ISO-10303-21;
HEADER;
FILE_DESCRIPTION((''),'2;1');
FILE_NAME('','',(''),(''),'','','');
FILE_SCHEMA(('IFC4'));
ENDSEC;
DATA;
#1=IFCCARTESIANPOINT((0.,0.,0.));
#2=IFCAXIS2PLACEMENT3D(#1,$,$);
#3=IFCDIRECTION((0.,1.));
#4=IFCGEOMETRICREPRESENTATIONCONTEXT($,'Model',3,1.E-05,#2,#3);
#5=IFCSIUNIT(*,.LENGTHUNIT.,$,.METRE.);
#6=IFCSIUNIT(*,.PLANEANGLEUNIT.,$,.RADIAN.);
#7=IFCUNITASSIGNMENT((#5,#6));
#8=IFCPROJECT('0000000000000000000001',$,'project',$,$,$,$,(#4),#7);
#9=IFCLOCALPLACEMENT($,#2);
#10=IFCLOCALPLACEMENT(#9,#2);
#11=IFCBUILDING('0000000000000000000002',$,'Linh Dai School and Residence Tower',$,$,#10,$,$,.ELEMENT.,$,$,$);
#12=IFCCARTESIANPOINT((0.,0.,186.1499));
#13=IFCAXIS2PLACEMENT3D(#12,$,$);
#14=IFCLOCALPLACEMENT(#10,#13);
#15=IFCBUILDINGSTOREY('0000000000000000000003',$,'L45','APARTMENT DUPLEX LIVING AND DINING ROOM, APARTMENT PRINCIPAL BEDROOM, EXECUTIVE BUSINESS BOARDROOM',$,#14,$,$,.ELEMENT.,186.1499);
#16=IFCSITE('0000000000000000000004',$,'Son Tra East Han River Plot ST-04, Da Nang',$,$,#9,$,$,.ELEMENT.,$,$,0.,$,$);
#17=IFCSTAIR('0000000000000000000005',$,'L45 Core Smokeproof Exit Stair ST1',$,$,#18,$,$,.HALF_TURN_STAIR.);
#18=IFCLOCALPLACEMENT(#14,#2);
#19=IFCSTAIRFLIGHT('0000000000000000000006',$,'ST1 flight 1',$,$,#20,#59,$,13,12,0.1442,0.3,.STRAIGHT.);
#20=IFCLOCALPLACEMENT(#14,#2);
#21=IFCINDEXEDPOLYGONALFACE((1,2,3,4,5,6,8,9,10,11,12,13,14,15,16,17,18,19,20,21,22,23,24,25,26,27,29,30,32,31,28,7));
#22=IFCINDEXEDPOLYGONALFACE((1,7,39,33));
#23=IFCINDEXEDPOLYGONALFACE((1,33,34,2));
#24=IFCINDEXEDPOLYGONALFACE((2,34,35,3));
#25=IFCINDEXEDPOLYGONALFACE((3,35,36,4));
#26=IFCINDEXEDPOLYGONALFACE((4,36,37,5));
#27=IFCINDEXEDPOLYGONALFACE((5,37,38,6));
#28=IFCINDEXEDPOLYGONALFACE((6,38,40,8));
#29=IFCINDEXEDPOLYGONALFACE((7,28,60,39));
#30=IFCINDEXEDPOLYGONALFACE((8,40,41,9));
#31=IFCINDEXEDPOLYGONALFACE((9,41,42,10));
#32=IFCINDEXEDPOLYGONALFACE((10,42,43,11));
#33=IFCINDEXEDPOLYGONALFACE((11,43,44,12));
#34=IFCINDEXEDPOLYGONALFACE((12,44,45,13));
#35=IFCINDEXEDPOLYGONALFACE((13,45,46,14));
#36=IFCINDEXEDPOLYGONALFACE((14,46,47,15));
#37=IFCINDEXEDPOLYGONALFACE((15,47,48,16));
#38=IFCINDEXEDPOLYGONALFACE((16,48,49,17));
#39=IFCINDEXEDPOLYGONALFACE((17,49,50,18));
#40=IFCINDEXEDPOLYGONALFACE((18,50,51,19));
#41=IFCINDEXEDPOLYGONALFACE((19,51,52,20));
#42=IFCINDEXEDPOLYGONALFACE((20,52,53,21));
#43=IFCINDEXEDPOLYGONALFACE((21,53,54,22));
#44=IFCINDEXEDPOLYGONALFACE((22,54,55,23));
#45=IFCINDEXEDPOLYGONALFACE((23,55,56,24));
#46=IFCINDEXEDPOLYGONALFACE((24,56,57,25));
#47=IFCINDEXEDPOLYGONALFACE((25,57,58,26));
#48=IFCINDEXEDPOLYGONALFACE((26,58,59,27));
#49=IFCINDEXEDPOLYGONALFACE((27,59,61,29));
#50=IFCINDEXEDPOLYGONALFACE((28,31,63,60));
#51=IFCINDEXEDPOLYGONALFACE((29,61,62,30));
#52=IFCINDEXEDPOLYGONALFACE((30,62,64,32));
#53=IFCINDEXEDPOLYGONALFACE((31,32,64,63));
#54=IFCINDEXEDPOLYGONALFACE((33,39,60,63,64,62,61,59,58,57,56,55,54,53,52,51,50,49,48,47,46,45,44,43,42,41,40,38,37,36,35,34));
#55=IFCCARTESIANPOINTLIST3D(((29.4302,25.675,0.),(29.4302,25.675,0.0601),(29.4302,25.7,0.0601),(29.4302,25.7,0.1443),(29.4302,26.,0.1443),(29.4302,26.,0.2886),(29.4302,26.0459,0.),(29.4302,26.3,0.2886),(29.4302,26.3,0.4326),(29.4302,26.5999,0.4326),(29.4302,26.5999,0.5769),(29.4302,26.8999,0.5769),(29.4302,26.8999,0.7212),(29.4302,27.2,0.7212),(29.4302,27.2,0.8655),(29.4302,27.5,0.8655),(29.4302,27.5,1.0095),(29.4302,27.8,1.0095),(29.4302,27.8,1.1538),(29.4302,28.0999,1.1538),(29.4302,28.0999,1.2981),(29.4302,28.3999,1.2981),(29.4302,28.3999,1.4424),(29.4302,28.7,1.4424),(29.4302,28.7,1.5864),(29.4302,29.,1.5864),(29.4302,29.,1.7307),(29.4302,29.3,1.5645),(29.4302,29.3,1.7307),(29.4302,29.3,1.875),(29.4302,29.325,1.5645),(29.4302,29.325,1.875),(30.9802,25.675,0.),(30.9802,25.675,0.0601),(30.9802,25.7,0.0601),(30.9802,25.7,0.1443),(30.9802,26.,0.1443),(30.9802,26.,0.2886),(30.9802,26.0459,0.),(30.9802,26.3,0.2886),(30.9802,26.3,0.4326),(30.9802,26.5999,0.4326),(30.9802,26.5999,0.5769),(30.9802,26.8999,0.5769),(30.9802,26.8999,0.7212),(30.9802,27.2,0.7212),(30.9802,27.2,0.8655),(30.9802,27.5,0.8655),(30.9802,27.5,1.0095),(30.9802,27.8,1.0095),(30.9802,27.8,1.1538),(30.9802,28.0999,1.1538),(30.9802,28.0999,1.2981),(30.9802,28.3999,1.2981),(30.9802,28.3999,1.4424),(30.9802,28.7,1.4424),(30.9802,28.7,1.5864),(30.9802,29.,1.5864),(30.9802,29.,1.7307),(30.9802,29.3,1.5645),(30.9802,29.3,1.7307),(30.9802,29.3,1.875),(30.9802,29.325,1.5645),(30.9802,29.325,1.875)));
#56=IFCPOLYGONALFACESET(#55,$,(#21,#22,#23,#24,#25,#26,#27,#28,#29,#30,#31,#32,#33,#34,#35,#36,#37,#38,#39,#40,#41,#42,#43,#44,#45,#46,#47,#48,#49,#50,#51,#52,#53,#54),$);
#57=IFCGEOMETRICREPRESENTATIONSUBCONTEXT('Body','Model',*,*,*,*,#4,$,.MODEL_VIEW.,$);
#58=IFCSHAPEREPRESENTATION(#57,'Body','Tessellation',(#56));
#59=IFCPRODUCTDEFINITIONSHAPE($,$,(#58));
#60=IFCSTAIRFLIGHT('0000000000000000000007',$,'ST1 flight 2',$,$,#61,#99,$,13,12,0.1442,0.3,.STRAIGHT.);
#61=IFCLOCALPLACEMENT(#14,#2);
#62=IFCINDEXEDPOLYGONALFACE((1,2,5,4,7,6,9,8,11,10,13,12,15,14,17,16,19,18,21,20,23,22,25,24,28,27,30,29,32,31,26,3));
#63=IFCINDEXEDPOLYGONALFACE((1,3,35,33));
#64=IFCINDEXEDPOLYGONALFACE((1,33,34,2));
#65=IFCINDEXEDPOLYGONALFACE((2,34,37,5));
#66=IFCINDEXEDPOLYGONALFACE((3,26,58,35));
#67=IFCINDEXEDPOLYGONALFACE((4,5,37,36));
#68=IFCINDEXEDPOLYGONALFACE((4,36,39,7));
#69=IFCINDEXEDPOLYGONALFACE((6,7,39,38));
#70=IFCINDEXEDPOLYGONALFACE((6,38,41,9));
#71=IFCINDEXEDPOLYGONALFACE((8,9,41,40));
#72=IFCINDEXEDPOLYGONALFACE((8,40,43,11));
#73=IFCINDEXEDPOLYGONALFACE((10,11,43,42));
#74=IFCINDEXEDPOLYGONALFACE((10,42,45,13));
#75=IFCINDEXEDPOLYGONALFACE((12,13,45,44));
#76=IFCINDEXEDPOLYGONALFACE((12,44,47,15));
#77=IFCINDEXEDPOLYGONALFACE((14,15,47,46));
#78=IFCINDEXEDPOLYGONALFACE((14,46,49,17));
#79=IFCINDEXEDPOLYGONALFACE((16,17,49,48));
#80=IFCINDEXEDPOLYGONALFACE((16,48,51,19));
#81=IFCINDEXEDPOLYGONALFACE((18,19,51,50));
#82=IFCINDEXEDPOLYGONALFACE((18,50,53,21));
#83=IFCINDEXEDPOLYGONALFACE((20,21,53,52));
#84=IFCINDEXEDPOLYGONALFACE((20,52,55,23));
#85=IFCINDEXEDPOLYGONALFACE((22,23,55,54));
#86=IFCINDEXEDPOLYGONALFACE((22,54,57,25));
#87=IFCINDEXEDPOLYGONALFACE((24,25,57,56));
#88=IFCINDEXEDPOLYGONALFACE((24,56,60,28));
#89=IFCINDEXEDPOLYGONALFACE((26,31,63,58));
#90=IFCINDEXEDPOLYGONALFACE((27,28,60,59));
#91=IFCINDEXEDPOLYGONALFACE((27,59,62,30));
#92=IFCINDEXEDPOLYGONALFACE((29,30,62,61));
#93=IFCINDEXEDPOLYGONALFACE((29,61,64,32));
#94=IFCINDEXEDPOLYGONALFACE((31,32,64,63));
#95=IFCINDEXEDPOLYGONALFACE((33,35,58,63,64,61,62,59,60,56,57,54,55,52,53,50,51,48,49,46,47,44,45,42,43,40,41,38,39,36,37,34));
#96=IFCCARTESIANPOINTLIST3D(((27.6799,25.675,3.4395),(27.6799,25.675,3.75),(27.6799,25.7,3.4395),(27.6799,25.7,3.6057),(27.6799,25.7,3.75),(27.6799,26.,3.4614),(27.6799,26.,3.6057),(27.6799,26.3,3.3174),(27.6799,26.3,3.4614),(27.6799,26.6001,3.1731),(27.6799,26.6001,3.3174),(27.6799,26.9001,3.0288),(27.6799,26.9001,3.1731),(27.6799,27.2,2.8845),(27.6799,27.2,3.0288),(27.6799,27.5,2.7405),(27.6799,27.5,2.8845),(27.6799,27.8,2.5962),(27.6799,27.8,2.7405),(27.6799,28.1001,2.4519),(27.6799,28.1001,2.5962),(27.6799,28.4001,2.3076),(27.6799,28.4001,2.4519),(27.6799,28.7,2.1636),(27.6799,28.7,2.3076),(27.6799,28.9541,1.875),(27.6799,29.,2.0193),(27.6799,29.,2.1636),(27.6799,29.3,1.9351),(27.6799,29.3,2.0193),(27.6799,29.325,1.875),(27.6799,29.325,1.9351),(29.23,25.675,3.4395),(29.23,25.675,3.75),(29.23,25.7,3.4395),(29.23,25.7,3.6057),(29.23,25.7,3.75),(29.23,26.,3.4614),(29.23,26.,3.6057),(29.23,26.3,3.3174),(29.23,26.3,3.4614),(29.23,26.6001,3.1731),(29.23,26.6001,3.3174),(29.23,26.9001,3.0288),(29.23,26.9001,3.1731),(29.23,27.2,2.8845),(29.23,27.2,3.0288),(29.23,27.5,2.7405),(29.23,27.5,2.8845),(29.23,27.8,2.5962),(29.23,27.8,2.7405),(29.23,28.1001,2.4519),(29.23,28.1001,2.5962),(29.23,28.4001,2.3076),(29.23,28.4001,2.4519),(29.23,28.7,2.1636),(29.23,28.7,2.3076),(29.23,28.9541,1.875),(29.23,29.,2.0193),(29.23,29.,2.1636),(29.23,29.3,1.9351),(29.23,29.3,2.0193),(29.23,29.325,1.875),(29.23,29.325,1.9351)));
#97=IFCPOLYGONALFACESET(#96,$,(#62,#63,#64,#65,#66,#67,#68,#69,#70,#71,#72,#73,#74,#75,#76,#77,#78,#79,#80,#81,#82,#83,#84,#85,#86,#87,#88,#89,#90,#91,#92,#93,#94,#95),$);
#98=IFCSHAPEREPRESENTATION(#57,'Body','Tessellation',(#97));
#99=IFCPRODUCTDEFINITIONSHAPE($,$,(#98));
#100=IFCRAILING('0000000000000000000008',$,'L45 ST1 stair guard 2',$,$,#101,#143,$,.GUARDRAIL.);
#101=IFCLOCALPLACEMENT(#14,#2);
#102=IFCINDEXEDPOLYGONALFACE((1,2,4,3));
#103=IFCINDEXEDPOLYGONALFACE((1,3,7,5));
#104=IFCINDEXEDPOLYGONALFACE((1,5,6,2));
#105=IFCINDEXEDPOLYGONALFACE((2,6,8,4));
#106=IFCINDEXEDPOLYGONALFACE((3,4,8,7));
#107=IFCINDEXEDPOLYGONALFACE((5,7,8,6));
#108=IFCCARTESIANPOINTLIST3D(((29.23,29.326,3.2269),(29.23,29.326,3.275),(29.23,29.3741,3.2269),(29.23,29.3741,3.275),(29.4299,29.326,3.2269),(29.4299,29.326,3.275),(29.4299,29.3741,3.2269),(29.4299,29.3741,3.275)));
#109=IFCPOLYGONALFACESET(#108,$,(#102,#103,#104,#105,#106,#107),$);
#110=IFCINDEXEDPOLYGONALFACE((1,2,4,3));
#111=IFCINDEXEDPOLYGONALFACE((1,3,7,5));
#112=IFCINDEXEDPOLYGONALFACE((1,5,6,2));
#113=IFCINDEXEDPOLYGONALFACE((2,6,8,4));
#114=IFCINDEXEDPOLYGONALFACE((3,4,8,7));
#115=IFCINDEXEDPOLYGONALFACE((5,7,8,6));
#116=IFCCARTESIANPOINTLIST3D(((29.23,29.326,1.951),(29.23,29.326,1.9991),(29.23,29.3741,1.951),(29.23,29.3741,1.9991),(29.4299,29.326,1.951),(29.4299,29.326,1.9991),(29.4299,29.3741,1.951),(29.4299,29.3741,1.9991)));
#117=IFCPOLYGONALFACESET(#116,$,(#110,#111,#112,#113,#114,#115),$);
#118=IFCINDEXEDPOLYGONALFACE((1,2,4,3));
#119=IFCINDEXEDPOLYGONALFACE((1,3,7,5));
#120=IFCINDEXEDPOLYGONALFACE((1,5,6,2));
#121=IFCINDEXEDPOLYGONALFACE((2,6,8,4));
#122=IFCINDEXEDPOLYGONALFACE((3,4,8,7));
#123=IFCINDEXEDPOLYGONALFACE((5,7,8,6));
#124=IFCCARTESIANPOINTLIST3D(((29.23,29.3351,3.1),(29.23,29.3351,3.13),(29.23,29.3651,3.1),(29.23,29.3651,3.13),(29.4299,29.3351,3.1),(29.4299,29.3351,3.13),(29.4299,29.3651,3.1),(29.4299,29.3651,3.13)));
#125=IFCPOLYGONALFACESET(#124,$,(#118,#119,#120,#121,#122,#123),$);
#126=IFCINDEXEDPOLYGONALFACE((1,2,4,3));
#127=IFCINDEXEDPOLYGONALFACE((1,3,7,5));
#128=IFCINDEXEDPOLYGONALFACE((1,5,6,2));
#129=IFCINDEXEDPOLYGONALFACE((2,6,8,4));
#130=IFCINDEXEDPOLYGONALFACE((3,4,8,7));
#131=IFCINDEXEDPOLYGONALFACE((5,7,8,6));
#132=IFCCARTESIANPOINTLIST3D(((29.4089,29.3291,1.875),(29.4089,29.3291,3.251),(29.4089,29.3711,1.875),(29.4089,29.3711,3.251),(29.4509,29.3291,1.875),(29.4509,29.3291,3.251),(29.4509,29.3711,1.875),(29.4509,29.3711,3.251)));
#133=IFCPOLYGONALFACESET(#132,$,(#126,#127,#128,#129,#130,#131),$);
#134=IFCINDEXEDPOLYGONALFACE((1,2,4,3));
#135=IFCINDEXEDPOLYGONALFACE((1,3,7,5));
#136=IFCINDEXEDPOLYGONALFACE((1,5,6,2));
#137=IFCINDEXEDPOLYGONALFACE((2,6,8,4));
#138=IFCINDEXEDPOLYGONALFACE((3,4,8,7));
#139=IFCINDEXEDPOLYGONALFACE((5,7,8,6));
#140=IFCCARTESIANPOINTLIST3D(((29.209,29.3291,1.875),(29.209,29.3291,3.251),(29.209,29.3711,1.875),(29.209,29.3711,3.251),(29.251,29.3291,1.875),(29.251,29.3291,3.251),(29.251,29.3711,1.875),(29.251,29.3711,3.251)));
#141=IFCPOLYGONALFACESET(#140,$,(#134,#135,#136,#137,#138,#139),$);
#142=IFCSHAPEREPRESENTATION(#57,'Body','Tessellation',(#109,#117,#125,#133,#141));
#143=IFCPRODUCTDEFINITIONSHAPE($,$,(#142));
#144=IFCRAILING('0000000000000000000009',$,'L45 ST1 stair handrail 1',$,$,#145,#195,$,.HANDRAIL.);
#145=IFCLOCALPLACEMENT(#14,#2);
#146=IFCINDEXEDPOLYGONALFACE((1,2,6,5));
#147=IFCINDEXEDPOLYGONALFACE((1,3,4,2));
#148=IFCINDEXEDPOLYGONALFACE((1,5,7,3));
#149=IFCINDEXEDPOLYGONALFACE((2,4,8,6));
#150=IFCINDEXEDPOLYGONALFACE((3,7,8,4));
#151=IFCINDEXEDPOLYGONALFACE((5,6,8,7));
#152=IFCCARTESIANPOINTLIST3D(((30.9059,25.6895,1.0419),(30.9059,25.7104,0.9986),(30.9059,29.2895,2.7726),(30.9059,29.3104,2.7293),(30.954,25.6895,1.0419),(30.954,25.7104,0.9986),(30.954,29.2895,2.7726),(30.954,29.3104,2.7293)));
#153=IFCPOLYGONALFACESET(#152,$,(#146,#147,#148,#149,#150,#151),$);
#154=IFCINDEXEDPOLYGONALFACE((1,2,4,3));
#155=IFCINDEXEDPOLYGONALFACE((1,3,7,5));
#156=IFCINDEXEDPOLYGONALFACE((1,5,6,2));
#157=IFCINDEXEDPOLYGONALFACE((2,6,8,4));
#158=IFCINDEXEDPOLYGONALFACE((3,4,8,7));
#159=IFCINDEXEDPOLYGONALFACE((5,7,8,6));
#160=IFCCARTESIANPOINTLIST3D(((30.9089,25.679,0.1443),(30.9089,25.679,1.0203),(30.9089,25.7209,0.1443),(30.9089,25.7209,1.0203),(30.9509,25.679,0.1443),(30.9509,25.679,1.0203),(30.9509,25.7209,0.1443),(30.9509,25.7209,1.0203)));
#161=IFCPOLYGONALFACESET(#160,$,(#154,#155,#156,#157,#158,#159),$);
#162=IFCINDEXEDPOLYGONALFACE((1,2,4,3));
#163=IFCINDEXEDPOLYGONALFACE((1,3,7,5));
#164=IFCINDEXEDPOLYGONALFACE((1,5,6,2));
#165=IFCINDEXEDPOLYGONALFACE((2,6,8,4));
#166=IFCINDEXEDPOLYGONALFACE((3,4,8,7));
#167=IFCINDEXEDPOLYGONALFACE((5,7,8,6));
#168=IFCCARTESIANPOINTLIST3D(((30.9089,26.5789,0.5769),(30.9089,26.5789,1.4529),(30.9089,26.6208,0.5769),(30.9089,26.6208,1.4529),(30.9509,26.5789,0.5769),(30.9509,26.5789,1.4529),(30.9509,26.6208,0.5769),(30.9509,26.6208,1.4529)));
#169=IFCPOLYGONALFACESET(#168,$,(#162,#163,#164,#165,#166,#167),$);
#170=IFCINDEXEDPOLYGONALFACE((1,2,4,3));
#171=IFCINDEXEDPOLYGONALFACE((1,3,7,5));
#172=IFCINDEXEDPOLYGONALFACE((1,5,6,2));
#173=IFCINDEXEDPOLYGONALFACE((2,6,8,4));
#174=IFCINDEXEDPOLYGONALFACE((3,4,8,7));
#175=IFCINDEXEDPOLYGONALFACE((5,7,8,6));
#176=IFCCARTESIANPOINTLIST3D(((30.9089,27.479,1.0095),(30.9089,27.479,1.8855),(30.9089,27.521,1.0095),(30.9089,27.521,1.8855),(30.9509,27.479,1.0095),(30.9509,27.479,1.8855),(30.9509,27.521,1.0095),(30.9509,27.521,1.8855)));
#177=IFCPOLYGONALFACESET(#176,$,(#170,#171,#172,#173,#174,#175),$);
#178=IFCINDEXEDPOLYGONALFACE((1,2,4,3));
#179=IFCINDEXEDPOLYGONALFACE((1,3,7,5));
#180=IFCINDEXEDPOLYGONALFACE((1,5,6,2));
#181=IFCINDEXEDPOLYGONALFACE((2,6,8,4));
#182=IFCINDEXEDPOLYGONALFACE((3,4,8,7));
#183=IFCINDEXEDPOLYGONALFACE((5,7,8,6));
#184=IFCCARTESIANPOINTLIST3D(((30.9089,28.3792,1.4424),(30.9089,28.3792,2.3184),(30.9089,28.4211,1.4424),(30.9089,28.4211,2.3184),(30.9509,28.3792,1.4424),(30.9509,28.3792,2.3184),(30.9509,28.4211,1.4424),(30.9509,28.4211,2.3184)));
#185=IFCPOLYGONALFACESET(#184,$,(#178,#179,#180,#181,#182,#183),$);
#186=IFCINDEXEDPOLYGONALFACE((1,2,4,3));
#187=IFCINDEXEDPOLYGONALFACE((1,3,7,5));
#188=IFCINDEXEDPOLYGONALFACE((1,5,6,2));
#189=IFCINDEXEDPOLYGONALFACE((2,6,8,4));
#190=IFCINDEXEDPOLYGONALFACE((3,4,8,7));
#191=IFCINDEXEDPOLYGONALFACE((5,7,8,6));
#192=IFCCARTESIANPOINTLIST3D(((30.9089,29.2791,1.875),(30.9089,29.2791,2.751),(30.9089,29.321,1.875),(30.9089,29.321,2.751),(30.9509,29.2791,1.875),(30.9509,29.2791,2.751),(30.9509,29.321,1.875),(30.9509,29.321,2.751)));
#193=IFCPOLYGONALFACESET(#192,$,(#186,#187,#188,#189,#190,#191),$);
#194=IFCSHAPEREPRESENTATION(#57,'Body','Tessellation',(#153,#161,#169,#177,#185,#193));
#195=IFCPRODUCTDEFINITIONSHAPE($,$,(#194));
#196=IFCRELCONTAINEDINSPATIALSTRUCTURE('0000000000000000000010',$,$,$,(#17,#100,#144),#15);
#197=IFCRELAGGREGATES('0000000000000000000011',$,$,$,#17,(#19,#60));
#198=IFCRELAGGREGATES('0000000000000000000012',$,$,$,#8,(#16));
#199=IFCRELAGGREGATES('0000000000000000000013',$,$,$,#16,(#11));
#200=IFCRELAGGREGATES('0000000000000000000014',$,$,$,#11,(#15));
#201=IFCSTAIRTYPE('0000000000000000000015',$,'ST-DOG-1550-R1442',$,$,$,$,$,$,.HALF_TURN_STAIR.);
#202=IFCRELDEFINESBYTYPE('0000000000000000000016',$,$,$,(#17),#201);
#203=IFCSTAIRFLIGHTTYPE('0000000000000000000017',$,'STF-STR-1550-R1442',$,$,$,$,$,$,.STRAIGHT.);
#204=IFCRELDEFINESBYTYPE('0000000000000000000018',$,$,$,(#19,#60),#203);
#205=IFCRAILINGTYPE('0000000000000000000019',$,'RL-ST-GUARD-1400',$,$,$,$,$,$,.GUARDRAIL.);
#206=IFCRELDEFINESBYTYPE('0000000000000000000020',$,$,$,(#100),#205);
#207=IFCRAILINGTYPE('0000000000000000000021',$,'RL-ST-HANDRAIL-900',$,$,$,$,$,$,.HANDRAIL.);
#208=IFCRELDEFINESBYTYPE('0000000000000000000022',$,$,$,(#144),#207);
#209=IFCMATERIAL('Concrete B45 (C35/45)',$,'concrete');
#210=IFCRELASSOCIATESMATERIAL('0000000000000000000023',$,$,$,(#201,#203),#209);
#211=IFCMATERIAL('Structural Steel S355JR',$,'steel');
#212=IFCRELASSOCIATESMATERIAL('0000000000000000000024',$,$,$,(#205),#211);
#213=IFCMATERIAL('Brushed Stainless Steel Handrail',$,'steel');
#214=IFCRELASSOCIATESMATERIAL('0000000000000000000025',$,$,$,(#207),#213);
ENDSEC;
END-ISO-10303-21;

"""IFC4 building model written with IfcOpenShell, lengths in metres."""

from ifc_helpers import new_model, si_unit, direction, frame, origin, origin_2d, place, context, subcontext, project, spatial, polyline, rectangle, outline, extrude, source, transform, mapped, material, type_object, element, aggregate, save


model = new_model("IFC4")

# Units and contexts
model_context = context("Model", 3, precision=1e-05, world=origin(), true_north=direction((0.0, 1.0)))
body_context = subcontext(model_context, "Body", "Model", "MODEL_VIEW")
ifc_project = project(units=[si_unit("LENGTHUNIT", "METRE"), si_unit("PLANEANGLEUNIT", "RADIAN")], contexts=[model_context])

# Site, building, storey
site_placement = place(None, origin())
site = spatial("IfcSite", under=ifc_project, at=site_placement, Name="Son Tra East Han River Plot ST-04, Da Nang", CompositionType="ELEMENT", RefElevation=0.0)
building_placement = place(site_placement, origin())
building = spatial("IfcBuilding", under=site, at=building_placement, Name="Linh Dai School and Residence Tower", CompositionType="ELEMENT")
storey_placement = place(building_placement, frame((0.0, 0.0, 186.1499)))
storey = spatial("IfcBuildingStorey", under=building, at=storey_placement, Name="L45", Description="APARTMENT DUPLEX LIVING AND DINING ROOM, APARTMENT PRINCIPAL BEDROOM, EXECUTIVE BUSINESS BOARDROOM", CompositionType="ELEMENT", Elevation=186.1499)

# Shared definitions
ifc_material_1 = material(Name="Concrete B45 (C35/45)", Category="concrete")

# Stair, stair flights
stair_type = type_object("IfcStairType", Name="ST-DOG-1550-R1442", PredefinedType="HALF_TURN_STAIR", material=ifc_material_1)
stair_placement = place(storey_placement, origin())
stair = element("IfcStair", 1, at=stair_placement, inside=storey, type_object=stair_type, Name="L45 Core Smokeproof Exit Stair ST1", PredefinedType="HALF_TURN_STAIR")
stair_flight_type = type_object("IfcStairFlightType", Name="STF-STR-1550-R1442", PredefinedType="STRAIGHT", material=ifc_material_1)
shared_shape_1 = source(origin(), body_context, "Body", "SweptSolid", [
    extrude(outline(polyline([(-0.0249, 0.0), (-0.0249, 0.0601), (0.0, 0.0601), (0.0, 0.1443), (0.3, 0.1443), (0.3, 0.2886), (0.6001, 0.2886), (0.6001, 0.4326), (0.8999, 0.4326), (0.8999, 0.5769), (1.2, 0.5769), (1.2, 0.7212), (1.5, 0.7212), (1.5, 0.8655), (1.8, 0.8655), (1.8, 1.0095), (2.1001, 1.0095), (2.1001, 1.1538), (2.3999, 1.1538), (2.3999, 1.2981), (2.7, 1.2981), (2.7, 1.4424), (3.0, 1.4424), (3.0, 1.5864), (3.3, 1.5864), (3.3, 1.7307), (3.6001, 1.7307), (3.6001, 1.875), (3.625, 1.875), (3.625, 1.5645), (3.6001, 1.5645), (0.3459, 0.0), (-0.0249, 0.0)])), frame((0.0, 0.7749, 0.0), z_axis=(0.0, -1.0, 0.0), x_axis=(1.0, 0.0, 0.0)), (0.0, 0.0, 1.0), 1.55),
])
stair_flight_1_placement = place(storey_placement, frame((30.2051, 25.7, 0.0), z_axis=(0.0, 0.0, 1.0), x_axis=(0.0, 1.0, 0.0)))
stair_flight_1 = element("IfcStairFlight", 2, at=stair_flight_1_placement, type_object=stair_flight_type, Name="ST1 flight 1", NumberOfRisers=13, NumberOfTreads=12, PredefinedType="STRAIGHT", RiserHeight=0.1442, TreadLength=0.3, context=body_context, shape_type="MappedRepresentation", body=[
    mapped(shared_shape_1, transform((0.0, 0.0, 0.0), x_axis=(1.0, 0.0, 0.0), y_axis=(0.0, 1.0, 0.0), z_axis=(0.0, 0.0, 1.0), scale=1.0)),
])
stair_flight_2_placement = place(storey_placement, frame((28.4551, 29.3, 1.875), z_axis=(0.0, 0.0, 1.0), x_axis=(0.0, -1.0, 0.0)))
stair_flight_2 = element("IfcStairFlight", 3, at=stair_flight_2_placement, type_object=stair_flight_type, Name="ST1 flight 2", NumberOfRisers=13, NumberOfTreads=12, PredefinedType="STRAIGHT", RiserHeight=0.1442, TreadLength=0.3, context=body_context, shape_type="MappedRepresentation", body=[
    mapped(shared_shape_1, transform((0.0, 0.0, 0.0), x_axis=(1.0, 0.0, 0.0), y_axis=(0.0, 1.0, 0.0), z_axis=(0.0, 0.0, 1.0), scale=1.0)),
])
aggregate(stair, [stair_flight_1, stair_flight_2])

# Railings
ifc_material_2 = material(Name="Structural Steel S355JR", Category="steel")
railing_type_1 = type_object("IfcRailingType", Name="RL-ST-GUARD-1400", PredefinedType="GUARDRAIL", material=ifc_material_2)
shared_shape_2 = source(origin(), body_context, "Body", "SweptSolid", [
    extrude(rectangle(XDim=0.0481, YDim=0.0481, at=origin_2d()), frame((0.0, 0.0, 1.376), z_axis=(-1.0, 0.0, 0.0), x_axis=(0.0, -1.0, 0.0)), (0.0, 0.0, 1.0), 0.2),
    extrude(rectangle(XDim=0.0481, YDim=0.0481, at=origin_2d()), frame((0.0, 0.0, 0.1001), z_axis=(-1.0, 0.0, 0.0), x_axis=(0.0, -1.0, 0.0)), (0.0, 0.0, 1.0), 0.2),
    extrude(rectangle(XDim=0.03, YDim=0.03, at=origin_2d()), frame((0.0, 0.0, 1.24), z_axis=(-1.0, 0.0, 0.0), x_axis=(0.0, -1.0, 0.0)), (0.0, 0.0, 1.0), 0.2),
    extrude(rectangle(XDim=0.042, YDim=0.042, at=origin_2d()), origin(), (0.0, 0.0, 1.0), 1.376),
    extrude(rectangle(XDim=0.042, YDim=0.042, at=origin_2d()), frame((-0.2, 0.0, 0.0)), (0.0, 0.0, 1.0), 1.376),
])
railing_1_placement = place(storey_placement, frame((29.4299, 29.3501, 1.875)))
element("IfcRailing", 4, at=railing_1_placement, inside=storey, type_object=railing_type_1, Name="L45 ST1 stair guard 2", PredefinedType="GUARDRAIL", context=body_context, shape_type="MappedRepresentation", body=[
    mapped(shared_shape_2, transform((0.0, 0.0, 0.0), x_axis=(1.0, 0.0, 0.0), y_axis=(0.0, 1.0, 0.0), z_axis=(0.0, 0.0, 1.0), scale=1.0)),
])
ifc_material_3 = material(Name="Brushed Stainless Steel Handrail", Category="steel")
railing_type_2 = type_object("IfcRailingType", Name="RL-ST-HANDRAIL-900", PredefinedType="HANDRAIL", material=ifc_material_3)
shared_shape_3 = source(origin(), body_context, "Body", "SweptSolid", [
    extrude(rectangle(XDim=0.0481, YDim=0.0481, at=origin_2d()), frame((0.0, 0.0, 0.876), z_axis=(0.0, 0.901263, 0.433273), x_axis=(-1.0, 0.0, 0.0)), (0.0, 0.0, 1.0), 3.9944),
    extrude(rectangle(XDim=0.042, YDim=0.042, at=origin_2d()), origin(), (0.0, 0.0, 1.0), 0.876),
    extrude(rectangle(XDim=0.042, YDim=0.042, at=origin_2d()), frame((0.0, 0.8999, 0.4326)), (0.0, 0.0, 1.0), 0.876),
    extrude(rectangle(XDim=0.042, YDim=0.042, at=origin_2d()), frame((0.0, 1.8, 0.8652)), (0.0, 0.0, 1.0), 0.876),
    extrude(rectangle(XDim=0.042, YDim=0.042, at=origin_2d()), frame((0.0, 2.7002, 1.2981)), (0.0, 0.0, 1.0), 0.876),
    extrude(rectangle(XDim=0.042, YDim=0.042, at=origin_2d()), frame((0.0, 3.6001, 1.7307)), (0.0, 0.0, 1.0), 0.876),
])
railing_2_placement = place(storey_placement, frame((30.9299, 25.7, 0.1443)))
element("IfcRailing", 5, at=railing_2_placement, inside=storey, type_object=railing_type_2, Name="L45 ST1 stair handrail 1", PredefinedType="HANDRAIL", context=body_context, shape_type="MappedRepresentation", body=[
    mapped(shared_shape_3, transform((0.0, 0.0, 0.0), x_axis=(1.0, 0.0, 0.0), y_axis=(0.0, 1.0, 0.0), z_axis=(0.0, 0.0, 1.0), scale=1.0)),
])

save(model, "model.ifc")
